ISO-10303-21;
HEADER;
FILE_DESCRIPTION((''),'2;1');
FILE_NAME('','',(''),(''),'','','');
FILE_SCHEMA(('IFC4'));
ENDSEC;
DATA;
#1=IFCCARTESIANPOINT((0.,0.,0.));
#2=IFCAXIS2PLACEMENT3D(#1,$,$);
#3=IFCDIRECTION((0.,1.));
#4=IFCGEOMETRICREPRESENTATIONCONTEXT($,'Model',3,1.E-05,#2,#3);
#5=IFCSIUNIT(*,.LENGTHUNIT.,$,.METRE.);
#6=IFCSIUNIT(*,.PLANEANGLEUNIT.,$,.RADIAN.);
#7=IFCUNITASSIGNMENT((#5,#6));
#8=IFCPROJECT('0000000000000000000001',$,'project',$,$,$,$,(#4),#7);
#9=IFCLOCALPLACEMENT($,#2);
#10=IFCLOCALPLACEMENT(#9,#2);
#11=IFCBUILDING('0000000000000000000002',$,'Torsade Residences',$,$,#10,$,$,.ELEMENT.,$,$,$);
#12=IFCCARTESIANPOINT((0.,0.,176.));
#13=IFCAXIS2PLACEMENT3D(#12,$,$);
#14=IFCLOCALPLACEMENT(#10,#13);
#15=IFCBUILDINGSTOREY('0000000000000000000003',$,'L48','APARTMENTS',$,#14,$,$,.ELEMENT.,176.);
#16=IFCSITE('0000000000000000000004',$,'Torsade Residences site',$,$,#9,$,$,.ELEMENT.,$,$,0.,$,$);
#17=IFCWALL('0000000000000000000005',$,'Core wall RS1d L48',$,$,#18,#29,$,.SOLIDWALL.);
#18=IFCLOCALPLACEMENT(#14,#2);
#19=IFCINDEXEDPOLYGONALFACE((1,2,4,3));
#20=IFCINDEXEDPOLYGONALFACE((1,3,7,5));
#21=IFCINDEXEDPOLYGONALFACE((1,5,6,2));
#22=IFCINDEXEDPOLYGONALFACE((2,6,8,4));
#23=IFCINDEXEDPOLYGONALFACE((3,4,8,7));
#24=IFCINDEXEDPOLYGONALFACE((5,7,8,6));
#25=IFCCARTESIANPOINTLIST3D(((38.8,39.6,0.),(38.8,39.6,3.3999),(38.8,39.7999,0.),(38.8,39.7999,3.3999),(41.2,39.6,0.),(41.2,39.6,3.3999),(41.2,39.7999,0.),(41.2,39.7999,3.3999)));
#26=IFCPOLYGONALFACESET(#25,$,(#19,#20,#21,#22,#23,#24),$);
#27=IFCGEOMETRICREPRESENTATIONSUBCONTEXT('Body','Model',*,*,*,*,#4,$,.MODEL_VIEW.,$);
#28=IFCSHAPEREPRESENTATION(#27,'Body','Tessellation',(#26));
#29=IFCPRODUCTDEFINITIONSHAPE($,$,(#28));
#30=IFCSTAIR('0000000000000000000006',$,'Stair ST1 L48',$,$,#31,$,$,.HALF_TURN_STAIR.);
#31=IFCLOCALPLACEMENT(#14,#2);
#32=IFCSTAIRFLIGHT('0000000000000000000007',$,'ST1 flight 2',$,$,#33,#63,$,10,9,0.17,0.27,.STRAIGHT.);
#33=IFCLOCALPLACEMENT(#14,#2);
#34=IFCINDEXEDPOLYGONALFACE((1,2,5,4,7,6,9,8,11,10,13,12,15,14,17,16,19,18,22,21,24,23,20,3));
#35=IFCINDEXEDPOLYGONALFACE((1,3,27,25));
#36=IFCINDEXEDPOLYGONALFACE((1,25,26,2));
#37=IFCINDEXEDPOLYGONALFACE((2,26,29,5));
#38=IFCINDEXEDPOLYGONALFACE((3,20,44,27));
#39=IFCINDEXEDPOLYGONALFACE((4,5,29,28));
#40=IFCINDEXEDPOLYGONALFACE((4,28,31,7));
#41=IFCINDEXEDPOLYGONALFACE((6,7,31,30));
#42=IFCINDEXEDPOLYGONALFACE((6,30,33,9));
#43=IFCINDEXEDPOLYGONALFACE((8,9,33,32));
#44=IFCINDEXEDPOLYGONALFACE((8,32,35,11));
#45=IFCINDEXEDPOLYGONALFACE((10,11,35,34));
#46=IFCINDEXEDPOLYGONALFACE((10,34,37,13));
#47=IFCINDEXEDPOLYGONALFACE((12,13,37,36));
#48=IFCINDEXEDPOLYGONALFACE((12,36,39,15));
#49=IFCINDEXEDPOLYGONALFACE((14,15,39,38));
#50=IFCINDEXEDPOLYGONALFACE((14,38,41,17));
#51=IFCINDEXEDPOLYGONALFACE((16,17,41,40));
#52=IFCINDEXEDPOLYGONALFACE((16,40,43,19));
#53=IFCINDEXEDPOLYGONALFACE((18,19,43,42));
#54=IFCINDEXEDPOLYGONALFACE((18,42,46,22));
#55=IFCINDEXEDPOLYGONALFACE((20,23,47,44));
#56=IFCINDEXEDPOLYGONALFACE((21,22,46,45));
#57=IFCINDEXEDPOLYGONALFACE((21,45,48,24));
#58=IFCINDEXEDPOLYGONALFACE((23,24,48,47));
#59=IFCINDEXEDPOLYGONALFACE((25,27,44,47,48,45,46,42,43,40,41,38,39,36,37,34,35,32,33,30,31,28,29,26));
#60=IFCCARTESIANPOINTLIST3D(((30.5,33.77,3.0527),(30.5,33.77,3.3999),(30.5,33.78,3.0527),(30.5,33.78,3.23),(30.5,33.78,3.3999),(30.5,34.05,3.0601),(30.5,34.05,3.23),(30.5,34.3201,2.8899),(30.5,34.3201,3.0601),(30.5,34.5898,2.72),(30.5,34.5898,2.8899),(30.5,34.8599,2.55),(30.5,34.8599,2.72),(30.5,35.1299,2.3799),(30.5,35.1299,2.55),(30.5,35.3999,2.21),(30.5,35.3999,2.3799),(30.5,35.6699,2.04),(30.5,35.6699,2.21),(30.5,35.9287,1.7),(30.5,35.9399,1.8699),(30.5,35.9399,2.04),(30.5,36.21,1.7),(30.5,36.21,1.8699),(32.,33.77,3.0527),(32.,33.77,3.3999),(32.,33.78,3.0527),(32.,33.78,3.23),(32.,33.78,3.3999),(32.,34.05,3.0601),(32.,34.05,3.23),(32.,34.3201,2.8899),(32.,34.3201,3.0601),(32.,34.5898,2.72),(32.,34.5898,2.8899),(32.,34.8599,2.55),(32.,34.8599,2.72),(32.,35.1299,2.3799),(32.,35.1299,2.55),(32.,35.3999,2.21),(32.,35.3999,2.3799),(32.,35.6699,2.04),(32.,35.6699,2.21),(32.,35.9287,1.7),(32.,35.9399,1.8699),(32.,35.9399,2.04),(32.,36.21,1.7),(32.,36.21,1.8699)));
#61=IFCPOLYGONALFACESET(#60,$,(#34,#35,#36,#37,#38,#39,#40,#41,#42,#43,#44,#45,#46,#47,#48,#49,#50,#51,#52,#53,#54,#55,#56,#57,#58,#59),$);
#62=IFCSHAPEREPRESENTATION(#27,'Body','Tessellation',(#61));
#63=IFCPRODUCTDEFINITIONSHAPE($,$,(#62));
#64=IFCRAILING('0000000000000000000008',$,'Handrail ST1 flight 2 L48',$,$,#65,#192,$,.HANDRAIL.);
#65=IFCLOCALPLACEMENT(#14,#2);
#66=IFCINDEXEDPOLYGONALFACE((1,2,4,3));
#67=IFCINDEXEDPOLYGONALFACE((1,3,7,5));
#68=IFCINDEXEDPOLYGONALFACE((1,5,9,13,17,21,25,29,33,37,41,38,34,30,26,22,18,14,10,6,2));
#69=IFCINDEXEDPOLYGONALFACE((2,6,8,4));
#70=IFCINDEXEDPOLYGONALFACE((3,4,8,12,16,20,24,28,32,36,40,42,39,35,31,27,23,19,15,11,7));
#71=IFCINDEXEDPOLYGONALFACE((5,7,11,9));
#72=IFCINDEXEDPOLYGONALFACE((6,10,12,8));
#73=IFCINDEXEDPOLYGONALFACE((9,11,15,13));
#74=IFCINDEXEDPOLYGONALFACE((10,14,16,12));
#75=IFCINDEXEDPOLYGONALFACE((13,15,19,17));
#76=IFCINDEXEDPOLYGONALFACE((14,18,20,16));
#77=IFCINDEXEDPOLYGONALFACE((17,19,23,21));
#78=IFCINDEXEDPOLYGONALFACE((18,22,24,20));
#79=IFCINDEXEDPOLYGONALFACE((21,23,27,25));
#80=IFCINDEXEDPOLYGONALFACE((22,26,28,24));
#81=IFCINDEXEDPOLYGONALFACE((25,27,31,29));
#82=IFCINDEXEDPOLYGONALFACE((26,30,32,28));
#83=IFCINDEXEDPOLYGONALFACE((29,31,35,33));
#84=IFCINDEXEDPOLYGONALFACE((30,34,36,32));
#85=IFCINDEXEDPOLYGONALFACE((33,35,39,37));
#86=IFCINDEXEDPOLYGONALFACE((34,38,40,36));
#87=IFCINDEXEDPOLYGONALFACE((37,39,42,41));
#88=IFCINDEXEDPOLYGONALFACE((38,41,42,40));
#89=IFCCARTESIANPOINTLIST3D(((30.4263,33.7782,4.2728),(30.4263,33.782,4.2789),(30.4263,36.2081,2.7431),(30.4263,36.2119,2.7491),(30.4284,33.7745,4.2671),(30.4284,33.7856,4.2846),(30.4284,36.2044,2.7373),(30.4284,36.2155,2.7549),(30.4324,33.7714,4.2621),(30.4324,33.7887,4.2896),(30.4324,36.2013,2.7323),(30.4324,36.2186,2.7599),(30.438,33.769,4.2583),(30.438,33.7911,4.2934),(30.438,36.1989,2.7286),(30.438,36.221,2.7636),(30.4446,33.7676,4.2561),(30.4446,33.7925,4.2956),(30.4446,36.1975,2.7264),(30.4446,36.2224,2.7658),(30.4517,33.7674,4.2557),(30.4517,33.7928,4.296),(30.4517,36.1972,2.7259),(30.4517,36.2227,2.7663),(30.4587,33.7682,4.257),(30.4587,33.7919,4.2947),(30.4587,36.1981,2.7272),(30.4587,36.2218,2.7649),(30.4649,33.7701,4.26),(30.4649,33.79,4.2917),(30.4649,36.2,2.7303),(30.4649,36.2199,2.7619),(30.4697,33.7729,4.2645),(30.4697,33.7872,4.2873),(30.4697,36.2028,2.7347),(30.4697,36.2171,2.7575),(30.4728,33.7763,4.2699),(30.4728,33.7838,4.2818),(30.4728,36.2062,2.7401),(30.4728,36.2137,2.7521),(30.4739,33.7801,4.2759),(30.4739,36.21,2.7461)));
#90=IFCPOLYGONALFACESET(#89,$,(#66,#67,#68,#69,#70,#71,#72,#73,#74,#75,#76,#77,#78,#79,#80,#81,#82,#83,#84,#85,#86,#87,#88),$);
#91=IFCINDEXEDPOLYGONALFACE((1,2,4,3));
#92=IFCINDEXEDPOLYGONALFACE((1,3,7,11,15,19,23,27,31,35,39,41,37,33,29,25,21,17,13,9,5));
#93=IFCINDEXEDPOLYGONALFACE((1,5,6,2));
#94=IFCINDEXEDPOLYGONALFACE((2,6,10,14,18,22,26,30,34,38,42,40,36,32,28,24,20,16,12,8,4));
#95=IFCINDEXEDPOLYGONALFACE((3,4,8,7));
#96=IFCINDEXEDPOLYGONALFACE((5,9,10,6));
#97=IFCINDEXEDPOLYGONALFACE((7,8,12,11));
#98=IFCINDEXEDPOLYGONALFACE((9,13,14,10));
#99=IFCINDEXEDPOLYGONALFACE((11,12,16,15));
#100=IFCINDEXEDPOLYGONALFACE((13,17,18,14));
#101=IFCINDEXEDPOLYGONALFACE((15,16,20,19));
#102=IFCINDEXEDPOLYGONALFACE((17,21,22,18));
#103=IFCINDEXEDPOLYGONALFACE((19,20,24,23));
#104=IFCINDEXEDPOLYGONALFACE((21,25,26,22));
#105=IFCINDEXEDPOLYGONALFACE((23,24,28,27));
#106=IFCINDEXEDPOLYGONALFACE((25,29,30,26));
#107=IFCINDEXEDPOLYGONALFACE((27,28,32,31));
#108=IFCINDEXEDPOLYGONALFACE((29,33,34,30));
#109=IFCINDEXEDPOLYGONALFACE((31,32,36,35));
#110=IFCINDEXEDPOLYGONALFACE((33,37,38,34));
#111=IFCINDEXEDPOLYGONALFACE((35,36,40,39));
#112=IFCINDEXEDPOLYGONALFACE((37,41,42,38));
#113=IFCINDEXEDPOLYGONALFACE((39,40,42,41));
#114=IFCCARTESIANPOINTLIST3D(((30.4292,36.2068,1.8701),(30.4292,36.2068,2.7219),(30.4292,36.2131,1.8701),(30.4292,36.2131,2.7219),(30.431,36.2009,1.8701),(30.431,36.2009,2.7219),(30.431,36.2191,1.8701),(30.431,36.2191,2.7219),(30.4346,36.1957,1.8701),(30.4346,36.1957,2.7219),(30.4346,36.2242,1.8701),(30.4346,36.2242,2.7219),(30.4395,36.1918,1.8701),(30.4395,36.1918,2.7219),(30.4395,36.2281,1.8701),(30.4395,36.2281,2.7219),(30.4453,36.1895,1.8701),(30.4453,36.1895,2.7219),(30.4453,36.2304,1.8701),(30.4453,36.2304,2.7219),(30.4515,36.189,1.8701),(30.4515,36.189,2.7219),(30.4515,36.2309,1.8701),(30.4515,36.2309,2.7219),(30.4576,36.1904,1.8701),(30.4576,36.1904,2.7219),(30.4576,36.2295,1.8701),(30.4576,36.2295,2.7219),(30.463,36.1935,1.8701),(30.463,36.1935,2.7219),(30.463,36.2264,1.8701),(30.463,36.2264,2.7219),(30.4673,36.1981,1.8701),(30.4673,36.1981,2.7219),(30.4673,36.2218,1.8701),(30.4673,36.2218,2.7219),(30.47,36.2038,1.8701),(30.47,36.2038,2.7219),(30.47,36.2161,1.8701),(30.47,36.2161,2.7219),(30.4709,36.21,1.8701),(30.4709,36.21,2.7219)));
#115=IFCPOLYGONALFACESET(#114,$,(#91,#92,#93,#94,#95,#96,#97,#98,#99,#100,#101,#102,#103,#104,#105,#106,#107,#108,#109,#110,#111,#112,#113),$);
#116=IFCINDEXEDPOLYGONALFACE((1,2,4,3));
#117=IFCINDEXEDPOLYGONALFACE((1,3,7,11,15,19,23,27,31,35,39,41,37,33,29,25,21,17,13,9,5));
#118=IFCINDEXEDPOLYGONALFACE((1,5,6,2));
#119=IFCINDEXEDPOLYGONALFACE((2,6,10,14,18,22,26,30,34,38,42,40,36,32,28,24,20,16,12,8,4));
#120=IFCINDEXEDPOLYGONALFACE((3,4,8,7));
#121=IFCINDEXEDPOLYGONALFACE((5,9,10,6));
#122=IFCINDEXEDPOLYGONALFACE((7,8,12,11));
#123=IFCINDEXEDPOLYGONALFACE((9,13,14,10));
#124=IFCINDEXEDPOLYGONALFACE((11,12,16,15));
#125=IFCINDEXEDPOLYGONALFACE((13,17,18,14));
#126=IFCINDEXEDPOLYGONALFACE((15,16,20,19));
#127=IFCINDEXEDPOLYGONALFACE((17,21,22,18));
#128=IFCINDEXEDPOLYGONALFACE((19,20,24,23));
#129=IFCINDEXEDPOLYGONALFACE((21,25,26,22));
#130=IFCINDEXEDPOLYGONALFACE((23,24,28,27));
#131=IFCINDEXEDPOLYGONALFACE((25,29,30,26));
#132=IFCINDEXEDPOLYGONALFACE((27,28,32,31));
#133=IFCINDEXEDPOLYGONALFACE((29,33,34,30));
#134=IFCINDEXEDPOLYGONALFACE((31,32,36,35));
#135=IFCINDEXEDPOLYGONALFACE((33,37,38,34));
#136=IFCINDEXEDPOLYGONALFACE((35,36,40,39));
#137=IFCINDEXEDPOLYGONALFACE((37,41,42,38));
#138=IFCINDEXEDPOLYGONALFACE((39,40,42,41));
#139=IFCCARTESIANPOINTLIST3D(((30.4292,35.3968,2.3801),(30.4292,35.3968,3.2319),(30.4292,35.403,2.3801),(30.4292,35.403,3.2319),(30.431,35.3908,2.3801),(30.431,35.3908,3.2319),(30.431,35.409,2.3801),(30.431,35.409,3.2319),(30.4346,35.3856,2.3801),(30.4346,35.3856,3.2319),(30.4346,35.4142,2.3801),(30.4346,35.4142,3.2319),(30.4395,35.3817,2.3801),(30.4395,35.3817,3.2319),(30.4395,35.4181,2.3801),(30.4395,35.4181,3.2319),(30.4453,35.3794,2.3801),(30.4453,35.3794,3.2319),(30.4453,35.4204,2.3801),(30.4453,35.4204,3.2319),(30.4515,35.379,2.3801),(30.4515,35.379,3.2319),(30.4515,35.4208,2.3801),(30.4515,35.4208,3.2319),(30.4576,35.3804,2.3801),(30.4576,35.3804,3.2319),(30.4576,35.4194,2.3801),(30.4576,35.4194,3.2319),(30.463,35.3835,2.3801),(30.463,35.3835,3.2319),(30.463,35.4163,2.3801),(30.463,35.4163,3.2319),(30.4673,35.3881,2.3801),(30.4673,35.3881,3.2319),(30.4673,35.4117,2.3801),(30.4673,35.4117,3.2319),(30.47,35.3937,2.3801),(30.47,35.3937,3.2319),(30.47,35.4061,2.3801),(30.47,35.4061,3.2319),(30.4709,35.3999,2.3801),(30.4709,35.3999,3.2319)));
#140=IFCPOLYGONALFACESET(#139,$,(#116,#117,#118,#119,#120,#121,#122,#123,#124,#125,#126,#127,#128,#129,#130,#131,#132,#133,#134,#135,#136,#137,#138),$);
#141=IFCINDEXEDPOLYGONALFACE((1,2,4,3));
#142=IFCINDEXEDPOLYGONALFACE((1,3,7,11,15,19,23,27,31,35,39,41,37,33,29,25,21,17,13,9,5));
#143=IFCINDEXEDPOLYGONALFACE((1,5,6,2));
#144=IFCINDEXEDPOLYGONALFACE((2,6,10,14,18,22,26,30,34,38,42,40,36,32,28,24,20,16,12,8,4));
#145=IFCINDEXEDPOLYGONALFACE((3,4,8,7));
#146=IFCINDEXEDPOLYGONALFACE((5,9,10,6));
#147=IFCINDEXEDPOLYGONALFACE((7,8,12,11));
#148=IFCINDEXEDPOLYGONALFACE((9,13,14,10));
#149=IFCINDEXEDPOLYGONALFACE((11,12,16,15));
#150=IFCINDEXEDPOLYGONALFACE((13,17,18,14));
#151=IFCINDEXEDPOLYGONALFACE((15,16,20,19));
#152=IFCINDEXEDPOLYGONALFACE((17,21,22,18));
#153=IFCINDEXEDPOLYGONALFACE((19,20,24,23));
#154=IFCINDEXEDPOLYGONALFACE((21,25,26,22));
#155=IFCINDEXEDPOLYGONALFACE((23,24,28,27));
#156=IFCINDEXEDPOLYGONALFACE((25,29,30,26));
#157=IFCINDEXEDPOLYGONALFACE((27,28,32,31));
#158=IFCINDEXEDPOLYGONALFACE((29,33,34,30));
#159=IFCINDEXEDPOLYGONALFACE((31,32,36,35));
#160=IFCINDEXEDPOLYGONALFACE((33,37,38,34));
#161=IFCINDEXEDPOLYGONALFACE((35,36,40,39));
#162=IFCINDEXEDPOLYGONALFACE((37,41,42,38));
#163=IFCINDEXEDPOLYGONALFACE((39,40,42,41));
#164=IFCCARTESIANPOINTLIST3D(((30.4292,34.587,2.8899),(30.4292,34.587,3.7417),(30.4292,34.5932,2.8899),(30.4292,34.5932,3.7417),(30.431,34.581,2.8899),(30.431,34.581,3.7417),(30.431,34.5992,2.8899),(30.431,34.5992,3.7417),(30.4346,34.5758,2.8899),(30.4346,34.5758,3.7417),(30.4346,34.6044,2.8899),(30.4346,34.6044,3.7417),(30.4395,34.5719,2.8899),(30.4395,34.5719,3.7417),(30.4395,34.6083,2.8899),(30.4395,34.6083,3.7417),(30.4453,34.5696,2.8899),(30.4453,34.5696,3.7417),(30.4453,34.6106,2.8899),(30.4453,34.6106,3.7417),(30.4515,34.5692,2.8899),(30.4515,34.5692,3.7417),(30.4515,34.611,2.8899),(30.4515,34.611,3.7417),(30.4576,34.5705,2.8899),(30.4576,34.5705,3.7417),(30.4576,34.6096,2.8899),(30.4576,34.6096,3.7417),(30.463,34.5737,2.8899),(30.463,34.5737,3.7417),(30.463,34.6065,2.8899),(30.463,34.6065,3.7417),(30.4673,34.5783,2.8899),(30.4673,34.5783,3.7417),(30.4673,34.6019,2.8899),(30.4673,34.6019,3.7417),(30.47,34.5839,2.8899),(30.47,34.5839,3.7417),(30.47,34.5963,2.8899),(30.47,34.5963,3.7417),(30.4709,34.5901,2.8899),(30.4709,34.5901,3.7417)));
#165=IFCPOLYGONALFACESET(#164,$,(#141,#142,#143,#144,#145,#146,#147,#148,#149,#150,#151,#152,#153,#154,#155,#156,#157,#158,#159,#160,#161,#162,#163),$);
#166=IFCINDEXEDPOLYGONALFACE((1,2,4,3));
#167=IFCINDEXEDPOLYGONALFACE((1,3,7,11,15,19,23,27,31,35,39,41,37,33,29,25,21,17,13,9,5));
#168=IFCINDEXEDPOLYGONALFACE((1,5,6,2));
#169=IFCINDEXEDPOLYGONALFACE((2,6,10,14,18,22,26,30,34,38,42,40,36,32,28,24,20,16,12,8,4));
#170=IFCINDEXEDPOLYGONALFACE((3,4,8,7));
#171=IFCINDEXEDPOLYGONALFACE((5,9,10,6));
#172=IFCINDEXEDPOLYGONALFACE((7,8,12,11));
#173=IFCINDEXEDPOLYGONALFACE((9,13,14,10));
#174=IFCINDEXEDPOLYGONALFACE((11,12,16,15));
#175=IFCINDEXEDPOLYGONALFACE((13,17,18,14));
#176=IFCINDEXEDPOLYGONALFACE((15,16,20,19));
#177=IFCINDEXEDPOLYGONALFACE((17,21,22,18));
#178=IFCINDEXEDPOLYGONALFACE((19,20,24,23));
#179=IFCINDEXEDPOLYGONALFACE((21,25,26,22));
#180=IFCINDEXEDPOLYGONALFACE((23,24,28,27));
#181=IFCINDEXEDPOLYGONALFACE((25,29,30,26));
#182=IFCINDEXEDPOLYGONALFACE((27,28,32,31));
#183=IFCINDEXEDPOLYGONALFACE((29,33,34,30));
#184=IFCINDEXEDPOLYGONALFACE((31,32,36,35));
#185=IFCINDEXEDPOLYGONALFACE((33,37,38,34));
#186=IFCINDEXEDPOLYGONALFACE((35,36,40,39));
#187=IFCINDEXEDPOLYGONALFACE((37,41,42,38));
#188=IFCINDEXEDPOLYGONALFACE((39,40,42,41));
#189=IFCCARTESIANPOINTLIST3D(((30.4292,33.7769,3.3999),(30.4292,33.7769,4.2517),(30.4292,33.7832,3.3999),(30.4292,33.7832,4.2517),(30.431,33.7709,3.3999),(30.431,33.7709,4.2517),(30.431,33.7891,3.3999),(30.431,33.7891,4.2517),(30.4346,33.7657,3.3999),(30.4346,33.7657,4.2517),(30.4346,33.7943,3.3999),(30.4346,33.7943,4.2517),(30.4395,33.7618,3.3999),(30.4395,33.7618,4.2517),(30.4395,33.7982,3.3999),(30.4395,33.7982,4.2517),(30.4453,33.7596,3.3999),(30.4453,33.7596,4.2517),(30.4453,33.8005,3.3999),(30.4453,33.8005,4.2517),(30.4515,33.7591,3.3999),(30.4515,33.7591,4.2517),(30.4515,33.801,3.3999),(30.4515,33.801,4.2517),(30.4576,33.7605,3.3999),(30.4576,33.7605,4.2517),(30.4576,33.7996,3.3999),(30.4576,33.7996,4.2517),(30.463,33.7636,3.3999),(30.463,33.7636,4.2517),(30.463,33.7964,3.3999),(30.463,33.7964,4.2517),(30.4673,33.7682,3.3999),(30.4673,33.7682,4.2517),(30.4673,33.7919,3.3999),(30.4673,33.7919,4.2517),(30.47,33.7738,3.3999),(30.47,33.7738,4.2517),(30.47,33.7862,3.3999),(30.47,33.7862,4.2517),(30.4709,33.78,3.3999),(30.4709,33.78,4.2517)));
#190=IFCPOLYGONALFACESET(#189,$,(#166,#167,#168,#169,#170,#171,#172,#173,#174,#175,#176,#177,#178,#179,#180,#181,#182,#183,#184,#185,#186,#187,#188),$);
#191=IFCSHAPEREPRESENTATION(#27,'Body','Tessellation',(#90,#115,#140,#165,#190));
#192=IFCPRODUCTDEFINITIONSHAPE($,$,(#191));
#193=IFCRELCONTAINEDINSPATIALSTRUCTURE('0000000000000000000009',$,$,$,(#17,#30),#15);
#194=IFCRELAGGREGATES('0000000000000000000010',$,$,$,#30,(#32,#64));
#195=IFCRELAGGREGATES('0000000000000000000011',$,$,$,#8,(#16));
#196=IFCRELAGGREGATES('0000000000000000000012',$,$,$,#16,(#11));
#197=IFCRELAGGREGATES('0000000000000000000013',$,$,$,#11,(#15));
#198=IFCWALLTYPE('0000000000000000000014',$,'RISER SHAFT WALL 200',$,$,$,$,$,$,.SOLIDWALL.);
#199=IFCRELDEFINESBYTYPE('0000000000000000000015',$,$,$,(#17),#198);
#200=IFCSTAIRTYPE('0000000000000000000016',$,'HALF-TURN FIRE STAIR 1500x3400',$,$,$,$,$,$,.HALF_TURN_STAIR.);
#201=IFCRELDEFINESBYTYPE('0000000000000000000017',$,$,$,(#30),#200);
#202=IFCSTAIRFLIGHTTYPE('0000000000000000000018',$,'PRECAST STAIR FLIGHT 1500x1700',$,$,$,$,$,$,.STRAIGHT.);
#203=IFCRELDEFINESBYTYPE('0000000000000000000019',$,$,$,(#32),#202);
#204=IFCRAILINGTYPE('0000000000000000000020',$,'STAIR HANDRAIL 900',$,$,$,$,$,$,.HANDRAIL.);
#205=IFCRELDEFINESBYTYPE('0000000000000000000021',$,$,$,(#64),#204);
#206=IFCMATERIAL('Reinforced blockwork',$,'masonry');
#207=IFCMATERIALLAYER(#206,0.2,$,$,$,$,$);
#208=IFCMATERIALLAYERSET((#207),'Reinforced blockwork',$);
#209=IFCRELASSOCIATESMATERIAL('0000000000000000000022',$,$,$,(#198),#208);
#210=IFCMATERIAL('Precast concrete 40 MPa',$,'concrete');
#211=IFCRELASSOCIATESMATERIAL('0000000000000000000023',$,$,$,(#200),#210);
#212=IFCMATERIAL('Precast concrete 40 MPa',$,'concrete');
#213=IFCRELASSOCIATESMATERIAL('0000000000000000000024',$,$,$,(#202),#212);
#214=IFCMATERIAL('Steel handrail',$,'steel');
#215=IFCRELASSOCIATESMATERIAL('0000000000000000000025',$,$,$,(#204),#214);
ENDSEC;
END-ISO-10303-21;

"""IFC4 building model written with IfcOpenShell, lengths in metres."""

from ifc_helpers import new_model, si_unit, direction, frame, frame_2d, origin, origin_2d, place, context, subcontext, project, spatial, polyline, rectangle, circle, outline, extrude, material, layer, layer_set, type_object, element, aggregate, save


model = new_model("IFC4")

# Units and contexts
model_context = context("Model", 3, precision=1e-05, world=origin(), true_north=direction((0.0, 1.0)))
body_context = subcontext(model_context, "Body", "Model", "MODEL_VIEW")
ifc_project = project(units=[si_unit("LENGTHUNIT", "METRE"), si_unit("PLANEANGLEUNIT", "RADIAN")], contexts=[model_context])

# Site, building, storey
site_placement = place(None, origin())
site = spatial("IfcSite", under=ifc_project, at=site_placement, Name="Torsade Residences site", CompositionType="ELEMENT", RefElevation=0.0)
building_placement = place(site_placement, origin())
building = spatial("IfcBuilding", under=site, at=building_placement, Name="Torsade Residences", CompositionType="ELEMENT")
storey_placement = place(building_placement, frame((0.0, 0.0, 176.0)))
storey = spatial("IfcBuildingStorey", under=building, at=storey_placement, Name="L48", Description="APARTMENTS", CompositionType="ELEMENT", Elevation=176.0)

# Wall
ifc_material_1 = material(Name="Reinforced blockwork", Category="masonry")
ifc_layer_1 = layer(ifc_material_1, 0.2)
ifc_layer_set_1 = layer_set([ifc_layer_1], Name="Reinforced blockwork")
wall_type_1 = type_object("IfcWallType", Name="RISER SHAFT WALL 200", PredefinedType="SOLIDWALL", material=ifc_layer_set_1)
for number, where, z_axis, x_axis, name in (
    (1, (38.8, 39.7, 0.0), (0.0, 0.0, 1.0), (1.0, 0.0, 0.0), "Core wall RS1d L48"),
):
    element("IfcWall", number, at=place(storey_placement, frame(where, z_axis=z_axis, x_axis=x_axis)), inside=storey, type_object=wall_type_1, Name=name, PredefinedType="SOLIDWALL", context=body_context, shape_type="SweptSolid", body=[
        extrude(rectangle(XDim=2.3999, YDim=0.2, at=frame_2d((1.2, 0.0))), origin(), (0.0, 0.0, 1.0), 3.3999),
    ])

# Stair, stair flight, railing
ifc_material_2 = material(Name="Precast concrete 40 MPa", Category="concrete")
stair_type = type_object("IfcStairType", Name="HALF-TURN FIRE STAIR 1500x3400", PredefinedType="HALF_TURN_STAIR", material=ifc_material_2)
stair_placement = place(storey_placement, origin())
stair = element("IfcStair", 2, at=stair_placement, inside=storey, type_object=stair_type, Name="Stair ST1 L48", PredefinedType="HALF_TURN_STAIR")
ifc_material_3 = material(Name="Precast concrete 40 MPa", Category="concrete")
stair_flight_type = type_object("IfcStairFlightType", Name="PRECAST STAIR FLIGHT 1500x1700", PredefinedType="STRAIGHT", material=ifc_material_3)
stair_flight_placement = place(storey_placement, frame((31.25, 36.21, 1.7), z_axis=(0.0, 0.0, 1.0), x_axis=(0.0, -1.0, 0.0)))
stair_flight = element("IfcStairFlight", 3, at=stair_flight_placement, type_object=stair_flight_type, Name="ST1 flight 2", NumberOfRisers=10, NumberOfTreads=9, PredefinedType="STRAIGHT", RiserHeight=0.17, TreadLength=0.27, context=body_context, shape_type="SweptSolid", body=[
    extrude(outline(polyline([(0.0, 0.0), (0.0, 0.1699), (0.27, 0.1699), (0.27, 0.3401), (0.54, 0.3401), (0.54, 0.51), (0.8101, 0.51), (0.8101, 0.6799), (1.0801, 0.6799), (1.0801, 0.8501), (1.3501, 0.8501), (1.3501, 1.02), (1.6201, 1.02), (1.6201, 1.1899), (1.8899, 1.1899), (1.8899, 1.3601), (2.1599, 1.3601), (2.1599, 1.53), (2.4299, 1.53), (2.4299, 1.7), (2.4399, 1.7), (2.4399, 1.3528), (2.4299, 1.3528), (0.2812, 0.0), (0.0, 0.0)])), frame((0.0, 0.75, 0.0), z_axis=(0.0, -1.0, 0.0), x_axis=(1.0, 0.0, 0.0)), (0.0, 0.0, 1.0), 1.5),
])
ifc_material_4 = material(Name="Steel handrail", Category="steel")
railing_type = type_object("IfcRailingType", Name="STAIR HANDRAIL 900", PredefinedType="HANDRAIL", material=ifc_material_4)
railing_placement = place(storey_placement, frame((30.45, 36.21, 1.8701)))
railing = element("IfcRailing", 4, at=railing_placement, type_object=railing_type, Name="Handrail ST1 flight 2 L48", PredefinedType="HANDRAIL", context=body_context, shape_type="SweptSolid", body=[
    extrude(circle(Radius=0.0239, at=origin_2d()), frame((0.0, 0.0, 0.876), z_axis=(0.0, -0.84626, 0.53277), x_axis=(1.0, 0.0, 0.0)), (0.0, 0.0, 1.0), 2.8713),
    extrude(circle(Radius=0.021, at=origin_2d()), origin(), (0.0, 0.0, 1.0), 0.8518),
    extrude(circle(Radius=0.021, at=origin_2d()), frame((0.0, -0.8101, 0.51)), (0.0, 0.0, 1.0), 0.8518),
    extrude(circle(Radius=0.021, at=origin_2d()), frame((0.0, -1.6199, 1.0198)), (0.0, 0.0, 1.0), 0.8518),
    extrude(circle(Radius=0.021, at=origin_2d()), frame((0.0, -2.4299, 1.5298)), (0.0, 0.0, 1.0), 0.8518),
])
aggregate(stair, [stair_flight, railing])

save(model, "model.ifc")
